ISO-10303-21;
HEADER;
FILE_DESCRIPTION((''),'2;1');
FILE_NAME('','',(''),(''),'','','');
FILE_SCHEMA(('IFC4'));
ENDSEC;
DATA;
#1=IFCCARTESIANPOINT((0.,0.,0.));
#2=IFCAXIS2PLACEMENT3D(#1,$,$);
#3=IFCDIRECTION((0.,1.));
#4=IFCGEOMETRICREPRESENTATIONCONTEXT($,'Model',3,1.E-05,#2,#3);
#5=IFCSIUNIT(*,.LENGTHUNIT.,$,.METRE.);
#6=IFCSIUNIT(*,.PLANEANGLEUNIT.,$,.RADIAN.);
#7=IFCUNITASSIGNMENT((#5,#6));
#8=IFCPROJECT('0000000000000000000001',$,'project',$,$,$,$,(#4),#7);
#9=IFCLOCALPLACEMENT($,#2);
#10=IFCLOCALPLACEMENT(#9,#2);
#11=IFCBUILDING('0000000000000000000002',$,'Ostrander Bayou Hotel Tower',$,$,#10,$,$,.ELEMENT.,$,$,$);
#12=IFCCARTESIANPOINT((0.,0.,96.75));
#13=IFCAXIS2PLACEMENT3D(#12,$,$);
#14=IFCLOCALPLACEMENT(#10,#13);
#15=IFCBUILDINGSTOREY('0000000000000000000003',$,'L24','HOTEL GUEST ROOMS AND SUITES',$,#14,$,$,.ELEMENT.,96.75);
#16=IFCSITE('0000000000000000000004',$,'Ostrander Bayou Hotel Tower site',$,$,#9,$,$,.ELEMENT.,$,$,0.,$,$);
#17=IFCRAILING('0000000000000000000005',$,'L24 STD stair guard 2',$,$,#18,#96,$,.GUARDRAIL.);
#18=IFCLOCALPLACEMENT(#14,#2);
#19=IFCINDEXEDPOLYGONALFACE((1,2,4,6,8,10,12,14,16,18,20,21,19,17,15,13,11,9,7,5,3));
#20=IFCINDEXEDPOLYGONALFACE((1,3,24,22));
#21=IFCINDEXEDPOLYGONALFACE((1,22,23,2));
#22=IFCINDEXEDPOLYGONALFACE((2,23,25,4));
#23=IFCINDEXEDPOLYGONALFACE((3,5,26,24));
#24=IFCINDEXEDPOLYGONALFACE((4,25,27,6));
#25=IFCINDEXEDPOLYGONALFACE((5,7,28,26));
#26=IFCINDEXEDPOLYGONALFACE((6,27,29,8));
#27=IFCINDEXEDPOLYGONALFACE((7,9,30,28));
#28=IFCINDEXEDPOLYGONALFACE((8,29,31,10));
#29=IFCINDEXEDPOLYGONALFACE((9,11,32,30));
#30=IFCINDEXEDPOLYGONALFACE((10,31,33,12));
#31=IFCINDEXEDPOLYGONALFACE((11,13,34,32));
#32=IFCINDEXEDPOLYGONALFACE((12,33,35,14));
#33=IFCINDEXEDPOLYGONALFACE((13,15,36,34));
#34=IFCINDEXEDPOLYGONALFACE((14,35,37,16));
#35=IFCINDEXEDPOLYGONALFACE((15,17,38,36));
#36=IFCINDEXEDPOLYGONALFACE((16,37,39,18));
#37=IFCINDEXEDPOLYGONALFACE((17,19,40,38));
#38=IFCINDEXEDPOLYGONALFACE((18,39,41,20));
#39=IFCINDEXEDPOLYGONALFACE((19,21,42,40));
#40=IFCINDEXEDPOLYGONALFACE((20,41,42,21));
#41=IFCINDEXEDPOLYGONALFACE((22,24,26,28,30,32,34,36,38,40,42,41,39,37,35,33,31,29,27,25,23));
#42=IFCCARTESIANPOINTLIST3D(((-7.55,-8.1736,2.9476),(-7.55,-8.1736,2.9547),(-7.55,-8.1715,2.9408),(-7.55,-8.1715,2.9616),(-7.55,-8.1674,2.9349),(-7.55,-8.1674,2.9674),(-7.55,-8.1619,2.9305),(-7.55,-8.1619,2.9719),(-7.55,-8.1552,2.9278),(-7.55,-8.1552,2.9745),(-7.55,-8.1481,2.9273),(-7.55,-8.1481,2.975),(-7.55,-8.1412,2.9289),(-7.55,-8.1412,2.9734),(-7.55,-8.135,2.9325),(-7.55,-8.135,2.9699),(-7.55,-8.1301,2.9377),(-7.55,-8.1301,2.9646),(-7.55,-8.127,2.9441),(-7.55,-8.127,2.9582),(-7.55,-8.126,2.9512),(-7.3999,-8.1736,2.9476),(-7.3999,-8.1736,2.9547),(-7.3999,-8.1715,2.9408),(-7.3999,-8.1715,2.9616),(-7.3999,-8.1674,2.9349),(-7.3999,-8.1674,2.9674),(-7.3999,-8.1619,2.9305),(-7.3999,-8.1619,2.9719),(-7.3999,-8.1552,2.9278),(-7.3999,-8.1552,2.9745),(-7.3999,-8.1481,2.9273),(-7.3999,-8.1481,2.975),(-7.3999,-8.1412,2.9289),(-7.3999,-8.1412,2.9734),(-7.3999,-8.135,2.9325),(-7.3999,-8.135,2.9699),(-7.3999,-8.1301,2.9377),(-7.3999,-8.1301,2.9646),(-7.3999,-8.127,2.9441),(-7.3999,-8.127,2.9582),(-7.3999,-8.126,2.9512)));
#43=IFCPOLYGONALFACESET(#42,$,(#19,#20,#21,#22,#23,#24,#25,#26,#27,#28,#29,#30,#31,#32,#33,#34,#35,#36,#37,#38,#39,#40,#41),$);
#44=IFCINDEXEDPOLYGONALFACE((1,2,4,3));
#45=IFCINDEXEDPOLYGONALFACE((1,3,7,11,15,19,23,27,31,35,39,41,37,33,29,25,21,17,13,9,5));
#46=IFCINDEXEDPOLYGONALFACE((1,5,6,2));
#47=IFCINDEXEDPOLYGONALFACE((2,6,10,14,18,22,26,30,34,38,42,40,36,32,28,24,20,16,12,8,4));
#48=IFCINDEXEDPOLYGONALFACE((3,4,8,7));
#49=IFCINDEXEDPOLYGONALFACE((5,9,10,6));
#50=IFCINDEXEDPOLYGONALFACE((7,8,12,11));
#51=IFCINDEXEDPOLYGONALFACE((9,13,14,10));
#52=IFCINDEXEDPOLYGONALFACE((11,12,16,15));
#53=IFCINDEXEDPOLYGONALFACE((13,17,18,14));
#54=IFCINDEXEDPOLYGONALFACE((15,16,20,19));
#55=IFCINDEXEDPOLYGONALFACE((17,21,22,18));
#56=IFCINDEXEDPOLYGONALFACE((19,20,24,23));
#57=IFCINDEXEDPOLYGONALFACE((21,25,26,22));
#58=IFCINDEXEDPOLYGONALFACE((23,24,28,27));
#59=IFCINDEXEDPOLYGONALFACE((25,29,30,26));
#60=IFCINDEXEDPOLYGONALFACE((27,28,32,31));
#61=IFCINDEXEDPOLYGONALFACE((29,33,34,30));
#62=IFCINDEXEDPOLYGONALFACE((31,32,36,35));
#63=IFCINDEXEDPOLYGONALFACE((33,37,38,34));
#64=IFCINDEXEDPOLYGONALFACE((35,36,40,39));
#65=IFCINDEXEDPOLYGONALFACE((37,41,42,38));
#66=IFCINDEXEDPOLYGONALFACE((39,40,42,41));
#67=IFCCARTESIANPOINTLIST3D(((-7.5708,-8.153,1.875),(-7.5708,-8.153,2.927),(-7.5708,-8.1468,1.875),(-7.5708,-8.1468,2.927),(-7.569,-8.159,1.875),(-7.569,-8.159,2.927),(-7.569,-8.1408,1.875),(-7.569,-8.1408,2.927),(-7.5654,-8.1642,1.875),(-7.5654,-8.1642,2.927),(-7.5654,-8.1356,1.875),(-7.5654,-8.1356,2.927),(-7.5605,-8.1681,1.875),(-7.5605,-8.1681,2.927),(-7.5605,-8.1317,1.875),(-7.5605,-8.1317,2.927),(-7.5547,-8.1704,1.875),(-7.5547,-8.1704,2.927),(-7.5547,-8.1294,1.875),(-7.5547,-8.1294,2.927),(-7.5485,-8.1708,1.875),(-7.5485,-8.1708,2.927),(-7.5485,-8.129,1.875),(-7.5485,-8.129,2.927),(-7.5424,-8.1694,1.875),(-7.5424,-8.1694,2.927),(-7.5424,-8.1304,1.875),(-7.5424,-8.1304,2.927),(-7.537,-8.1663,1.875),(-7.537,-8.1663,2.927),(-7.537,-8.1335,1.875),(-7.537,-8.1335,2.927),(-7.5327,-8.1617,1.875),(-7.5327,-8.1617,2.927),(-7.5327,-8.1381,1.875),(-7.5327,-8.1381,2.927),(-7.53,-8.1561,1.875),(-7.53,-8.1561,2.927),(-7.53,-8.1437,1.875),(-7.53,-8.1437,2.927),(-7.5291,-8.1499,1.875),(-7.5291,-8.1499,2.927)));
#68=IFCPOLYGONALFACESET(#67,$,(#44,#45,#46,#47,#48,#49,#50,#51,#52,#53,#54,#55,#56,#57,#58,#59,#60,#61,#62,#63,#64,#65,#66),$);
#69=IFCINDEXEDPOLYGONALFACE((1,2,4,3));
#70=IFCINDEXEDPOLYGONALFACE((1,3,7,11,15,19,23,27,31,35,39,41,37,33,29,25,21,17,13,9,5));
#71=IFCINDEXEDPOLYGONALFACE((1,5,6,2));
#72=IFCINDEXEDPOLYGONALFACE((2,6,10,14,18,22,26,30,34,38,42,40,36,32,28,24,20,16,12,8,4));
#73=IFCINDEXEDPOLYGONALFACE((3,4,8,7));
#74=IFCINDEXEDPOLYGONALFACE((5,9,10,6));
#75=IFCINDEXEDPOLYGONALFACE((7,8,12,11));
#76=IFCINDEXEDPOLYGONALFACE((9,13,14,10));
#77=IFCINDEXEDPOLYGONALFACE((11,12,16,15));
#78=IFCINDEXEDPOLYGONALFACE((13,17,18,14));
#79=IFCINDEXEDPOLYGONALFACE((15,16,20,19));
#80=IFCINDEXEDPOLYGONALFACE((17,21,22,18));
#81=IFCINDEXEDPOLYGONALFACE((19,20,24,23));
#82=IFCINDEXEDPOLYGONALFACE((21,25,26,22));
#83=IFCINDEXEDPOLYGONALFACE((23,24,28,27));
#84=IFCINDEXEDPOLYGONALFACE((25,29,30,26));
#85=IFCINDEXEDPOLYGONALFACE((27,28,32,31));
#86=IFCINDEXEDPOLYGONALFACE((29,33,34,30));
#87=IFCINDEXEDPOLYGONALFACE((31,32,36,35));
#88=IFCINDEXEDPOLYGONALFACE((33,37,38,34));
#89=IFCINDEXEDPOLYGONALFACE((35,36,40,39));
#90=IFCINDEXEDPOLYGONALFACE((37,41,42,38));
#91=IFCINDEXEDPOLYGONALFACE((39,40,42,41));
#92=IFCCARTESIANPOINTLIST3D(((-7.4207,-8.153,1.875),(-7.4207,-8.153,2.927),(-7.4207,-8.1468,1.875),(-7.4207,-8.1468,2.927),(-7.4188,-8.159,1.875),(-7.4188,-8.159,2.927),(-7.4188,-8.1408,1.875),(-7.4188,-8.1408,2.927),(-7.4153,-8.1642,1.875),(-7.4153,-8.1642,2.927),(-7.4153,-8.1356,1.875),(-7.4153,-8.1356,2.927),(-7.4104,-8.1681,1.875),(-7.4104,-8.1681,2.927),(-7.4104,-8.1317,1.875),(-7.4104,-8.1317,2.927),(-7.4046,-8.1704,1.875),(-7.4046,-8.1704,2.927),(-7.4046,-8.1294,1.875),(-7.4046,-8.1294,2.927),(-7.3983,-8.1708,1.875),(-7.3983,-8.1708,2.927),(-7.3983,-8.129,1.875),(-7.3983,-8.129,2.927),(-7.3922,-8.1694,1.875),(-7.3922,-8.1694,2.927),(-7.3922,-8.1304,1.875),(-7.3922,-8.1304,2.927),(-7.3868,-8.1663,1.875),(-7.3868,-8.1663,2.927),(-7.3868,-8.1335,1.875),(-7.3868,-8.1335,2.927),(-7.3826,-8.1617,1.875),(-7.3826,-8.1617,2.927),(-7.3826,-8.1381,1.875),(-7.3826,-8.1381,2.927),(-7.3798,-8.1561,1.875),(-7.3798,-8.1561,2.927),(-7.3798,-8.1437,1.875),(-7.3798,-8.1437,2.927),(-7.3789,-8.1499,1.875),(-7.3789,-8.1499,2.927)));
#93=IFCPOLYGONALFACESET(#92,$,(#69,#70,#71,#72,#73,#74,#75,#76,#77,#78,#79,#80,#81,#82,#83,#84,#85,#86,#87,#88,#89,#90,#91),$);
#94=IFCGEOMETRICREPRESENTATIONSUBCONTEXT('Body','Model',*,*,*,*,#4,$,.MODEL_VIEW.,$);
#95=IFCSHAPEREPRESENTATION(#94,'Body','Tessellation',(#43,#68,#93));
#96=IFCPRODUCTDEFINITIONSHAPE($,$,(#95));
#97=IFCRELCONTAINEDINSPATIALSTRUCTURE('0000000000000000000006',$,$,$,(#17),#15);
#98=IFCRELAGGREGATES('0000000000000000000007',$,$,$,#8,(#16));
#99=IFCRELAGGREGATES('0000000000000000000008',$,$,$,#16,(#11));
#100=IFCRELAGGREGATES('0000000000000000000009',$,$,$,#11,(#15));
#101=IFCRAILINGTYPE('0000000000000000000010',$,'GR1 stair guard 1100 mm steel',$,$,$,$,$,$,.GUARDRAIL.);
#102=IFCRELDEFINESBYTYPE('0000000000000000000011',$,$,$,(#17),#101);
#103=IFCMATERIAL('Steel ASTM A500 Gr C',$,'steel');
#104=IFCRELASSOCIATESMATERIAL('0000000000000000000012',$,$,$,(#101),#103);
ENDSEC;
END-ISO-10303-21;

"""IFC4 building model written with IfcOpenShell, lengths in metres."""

from ifc_helpers import new_model, si_unit, direction, frame, origin, origin_2d, place, context, subcontext, project, spatial, circle, extrude, material, type_object, element, save


model = new_model("IFC4")

# Units and contexts
model_context = context("Model", 3, precision=1e-05, world=origin(), true_north=direction((0.0, 1.0)))
body_context = subcontext(model_context, "Body", "Model", "MODEL_VIEW")
ifc_project = project(units=[si_unit("LENGTHUNIT", "METRE"), si_unit("PLANEANGLEUNIT", "RADIAN")], contexts=[model_context])

# Site, building, storey
site_placement = place(None, origin())
site = spatial("IfcSite", under=ifc_project, at=site_placement, Name="Ostrander Bayou Hotel Tower site", CompositionType="ELEMENT", RefElevation=0.0)
building_placement = place(site_placement, origin())
building = spatial("IfcBuilding", under=site, at=building_placement, Name="Ostrander Bayou Hotel Tower", CompositionType="ELEMENT")
storey_placement = place(building_placement, frame((0.0, 0.0, 96.75)))
storey = spatial("IfcBuildingStorey", under=building, at=storey_placement, Name="L24", Description="HOTEL GUEST ROOMS AND SUITES", CompositionType="ELEMENT", Elevation=96.75)

# Railing
ifc_material_1 = material(Name="Steel ASTM A500 Gr C", Category="steel")
railing_type_1 = type_object("IfcRailingType", Name="GR1 stair guard 1100 mm steel", PredefinedType="GUARDRAIL", material=ifc_material_1)
railing_1_placement = place(storey_placement, frame((-7.55, -8.1499, 1.875)))
element("IfcRailing", 1, at=railing_1_placement, inside=storey, type_object=railing_type_1, Name="L24 STD stair guard 2", PredefinedType="GUARDRAIL", context=body_context, shape_type="SweptSolid", body=[
    extrude(circle(Radius=0.0239, at=origin_2d()), frame((0.0, 0.0, 1.0762), z_axis=(1.0, 0.0, 0.0), x_axis=(0.0, 1.0, 0.0)), (0.0, 0.0, 1.0), 0.1501),
    extrude(circle(Radius=0.021, at=origin_2d()), origin(), (0.0, 0.0, 1.0), 1.052),
    extrude(circle(Radius=0.021, at=origin_2d()), frame((0.1501, 0.0, 0.0)), (0.0, 0.0, 1.0), 1.052),
])

save(model, "model.ifc")
